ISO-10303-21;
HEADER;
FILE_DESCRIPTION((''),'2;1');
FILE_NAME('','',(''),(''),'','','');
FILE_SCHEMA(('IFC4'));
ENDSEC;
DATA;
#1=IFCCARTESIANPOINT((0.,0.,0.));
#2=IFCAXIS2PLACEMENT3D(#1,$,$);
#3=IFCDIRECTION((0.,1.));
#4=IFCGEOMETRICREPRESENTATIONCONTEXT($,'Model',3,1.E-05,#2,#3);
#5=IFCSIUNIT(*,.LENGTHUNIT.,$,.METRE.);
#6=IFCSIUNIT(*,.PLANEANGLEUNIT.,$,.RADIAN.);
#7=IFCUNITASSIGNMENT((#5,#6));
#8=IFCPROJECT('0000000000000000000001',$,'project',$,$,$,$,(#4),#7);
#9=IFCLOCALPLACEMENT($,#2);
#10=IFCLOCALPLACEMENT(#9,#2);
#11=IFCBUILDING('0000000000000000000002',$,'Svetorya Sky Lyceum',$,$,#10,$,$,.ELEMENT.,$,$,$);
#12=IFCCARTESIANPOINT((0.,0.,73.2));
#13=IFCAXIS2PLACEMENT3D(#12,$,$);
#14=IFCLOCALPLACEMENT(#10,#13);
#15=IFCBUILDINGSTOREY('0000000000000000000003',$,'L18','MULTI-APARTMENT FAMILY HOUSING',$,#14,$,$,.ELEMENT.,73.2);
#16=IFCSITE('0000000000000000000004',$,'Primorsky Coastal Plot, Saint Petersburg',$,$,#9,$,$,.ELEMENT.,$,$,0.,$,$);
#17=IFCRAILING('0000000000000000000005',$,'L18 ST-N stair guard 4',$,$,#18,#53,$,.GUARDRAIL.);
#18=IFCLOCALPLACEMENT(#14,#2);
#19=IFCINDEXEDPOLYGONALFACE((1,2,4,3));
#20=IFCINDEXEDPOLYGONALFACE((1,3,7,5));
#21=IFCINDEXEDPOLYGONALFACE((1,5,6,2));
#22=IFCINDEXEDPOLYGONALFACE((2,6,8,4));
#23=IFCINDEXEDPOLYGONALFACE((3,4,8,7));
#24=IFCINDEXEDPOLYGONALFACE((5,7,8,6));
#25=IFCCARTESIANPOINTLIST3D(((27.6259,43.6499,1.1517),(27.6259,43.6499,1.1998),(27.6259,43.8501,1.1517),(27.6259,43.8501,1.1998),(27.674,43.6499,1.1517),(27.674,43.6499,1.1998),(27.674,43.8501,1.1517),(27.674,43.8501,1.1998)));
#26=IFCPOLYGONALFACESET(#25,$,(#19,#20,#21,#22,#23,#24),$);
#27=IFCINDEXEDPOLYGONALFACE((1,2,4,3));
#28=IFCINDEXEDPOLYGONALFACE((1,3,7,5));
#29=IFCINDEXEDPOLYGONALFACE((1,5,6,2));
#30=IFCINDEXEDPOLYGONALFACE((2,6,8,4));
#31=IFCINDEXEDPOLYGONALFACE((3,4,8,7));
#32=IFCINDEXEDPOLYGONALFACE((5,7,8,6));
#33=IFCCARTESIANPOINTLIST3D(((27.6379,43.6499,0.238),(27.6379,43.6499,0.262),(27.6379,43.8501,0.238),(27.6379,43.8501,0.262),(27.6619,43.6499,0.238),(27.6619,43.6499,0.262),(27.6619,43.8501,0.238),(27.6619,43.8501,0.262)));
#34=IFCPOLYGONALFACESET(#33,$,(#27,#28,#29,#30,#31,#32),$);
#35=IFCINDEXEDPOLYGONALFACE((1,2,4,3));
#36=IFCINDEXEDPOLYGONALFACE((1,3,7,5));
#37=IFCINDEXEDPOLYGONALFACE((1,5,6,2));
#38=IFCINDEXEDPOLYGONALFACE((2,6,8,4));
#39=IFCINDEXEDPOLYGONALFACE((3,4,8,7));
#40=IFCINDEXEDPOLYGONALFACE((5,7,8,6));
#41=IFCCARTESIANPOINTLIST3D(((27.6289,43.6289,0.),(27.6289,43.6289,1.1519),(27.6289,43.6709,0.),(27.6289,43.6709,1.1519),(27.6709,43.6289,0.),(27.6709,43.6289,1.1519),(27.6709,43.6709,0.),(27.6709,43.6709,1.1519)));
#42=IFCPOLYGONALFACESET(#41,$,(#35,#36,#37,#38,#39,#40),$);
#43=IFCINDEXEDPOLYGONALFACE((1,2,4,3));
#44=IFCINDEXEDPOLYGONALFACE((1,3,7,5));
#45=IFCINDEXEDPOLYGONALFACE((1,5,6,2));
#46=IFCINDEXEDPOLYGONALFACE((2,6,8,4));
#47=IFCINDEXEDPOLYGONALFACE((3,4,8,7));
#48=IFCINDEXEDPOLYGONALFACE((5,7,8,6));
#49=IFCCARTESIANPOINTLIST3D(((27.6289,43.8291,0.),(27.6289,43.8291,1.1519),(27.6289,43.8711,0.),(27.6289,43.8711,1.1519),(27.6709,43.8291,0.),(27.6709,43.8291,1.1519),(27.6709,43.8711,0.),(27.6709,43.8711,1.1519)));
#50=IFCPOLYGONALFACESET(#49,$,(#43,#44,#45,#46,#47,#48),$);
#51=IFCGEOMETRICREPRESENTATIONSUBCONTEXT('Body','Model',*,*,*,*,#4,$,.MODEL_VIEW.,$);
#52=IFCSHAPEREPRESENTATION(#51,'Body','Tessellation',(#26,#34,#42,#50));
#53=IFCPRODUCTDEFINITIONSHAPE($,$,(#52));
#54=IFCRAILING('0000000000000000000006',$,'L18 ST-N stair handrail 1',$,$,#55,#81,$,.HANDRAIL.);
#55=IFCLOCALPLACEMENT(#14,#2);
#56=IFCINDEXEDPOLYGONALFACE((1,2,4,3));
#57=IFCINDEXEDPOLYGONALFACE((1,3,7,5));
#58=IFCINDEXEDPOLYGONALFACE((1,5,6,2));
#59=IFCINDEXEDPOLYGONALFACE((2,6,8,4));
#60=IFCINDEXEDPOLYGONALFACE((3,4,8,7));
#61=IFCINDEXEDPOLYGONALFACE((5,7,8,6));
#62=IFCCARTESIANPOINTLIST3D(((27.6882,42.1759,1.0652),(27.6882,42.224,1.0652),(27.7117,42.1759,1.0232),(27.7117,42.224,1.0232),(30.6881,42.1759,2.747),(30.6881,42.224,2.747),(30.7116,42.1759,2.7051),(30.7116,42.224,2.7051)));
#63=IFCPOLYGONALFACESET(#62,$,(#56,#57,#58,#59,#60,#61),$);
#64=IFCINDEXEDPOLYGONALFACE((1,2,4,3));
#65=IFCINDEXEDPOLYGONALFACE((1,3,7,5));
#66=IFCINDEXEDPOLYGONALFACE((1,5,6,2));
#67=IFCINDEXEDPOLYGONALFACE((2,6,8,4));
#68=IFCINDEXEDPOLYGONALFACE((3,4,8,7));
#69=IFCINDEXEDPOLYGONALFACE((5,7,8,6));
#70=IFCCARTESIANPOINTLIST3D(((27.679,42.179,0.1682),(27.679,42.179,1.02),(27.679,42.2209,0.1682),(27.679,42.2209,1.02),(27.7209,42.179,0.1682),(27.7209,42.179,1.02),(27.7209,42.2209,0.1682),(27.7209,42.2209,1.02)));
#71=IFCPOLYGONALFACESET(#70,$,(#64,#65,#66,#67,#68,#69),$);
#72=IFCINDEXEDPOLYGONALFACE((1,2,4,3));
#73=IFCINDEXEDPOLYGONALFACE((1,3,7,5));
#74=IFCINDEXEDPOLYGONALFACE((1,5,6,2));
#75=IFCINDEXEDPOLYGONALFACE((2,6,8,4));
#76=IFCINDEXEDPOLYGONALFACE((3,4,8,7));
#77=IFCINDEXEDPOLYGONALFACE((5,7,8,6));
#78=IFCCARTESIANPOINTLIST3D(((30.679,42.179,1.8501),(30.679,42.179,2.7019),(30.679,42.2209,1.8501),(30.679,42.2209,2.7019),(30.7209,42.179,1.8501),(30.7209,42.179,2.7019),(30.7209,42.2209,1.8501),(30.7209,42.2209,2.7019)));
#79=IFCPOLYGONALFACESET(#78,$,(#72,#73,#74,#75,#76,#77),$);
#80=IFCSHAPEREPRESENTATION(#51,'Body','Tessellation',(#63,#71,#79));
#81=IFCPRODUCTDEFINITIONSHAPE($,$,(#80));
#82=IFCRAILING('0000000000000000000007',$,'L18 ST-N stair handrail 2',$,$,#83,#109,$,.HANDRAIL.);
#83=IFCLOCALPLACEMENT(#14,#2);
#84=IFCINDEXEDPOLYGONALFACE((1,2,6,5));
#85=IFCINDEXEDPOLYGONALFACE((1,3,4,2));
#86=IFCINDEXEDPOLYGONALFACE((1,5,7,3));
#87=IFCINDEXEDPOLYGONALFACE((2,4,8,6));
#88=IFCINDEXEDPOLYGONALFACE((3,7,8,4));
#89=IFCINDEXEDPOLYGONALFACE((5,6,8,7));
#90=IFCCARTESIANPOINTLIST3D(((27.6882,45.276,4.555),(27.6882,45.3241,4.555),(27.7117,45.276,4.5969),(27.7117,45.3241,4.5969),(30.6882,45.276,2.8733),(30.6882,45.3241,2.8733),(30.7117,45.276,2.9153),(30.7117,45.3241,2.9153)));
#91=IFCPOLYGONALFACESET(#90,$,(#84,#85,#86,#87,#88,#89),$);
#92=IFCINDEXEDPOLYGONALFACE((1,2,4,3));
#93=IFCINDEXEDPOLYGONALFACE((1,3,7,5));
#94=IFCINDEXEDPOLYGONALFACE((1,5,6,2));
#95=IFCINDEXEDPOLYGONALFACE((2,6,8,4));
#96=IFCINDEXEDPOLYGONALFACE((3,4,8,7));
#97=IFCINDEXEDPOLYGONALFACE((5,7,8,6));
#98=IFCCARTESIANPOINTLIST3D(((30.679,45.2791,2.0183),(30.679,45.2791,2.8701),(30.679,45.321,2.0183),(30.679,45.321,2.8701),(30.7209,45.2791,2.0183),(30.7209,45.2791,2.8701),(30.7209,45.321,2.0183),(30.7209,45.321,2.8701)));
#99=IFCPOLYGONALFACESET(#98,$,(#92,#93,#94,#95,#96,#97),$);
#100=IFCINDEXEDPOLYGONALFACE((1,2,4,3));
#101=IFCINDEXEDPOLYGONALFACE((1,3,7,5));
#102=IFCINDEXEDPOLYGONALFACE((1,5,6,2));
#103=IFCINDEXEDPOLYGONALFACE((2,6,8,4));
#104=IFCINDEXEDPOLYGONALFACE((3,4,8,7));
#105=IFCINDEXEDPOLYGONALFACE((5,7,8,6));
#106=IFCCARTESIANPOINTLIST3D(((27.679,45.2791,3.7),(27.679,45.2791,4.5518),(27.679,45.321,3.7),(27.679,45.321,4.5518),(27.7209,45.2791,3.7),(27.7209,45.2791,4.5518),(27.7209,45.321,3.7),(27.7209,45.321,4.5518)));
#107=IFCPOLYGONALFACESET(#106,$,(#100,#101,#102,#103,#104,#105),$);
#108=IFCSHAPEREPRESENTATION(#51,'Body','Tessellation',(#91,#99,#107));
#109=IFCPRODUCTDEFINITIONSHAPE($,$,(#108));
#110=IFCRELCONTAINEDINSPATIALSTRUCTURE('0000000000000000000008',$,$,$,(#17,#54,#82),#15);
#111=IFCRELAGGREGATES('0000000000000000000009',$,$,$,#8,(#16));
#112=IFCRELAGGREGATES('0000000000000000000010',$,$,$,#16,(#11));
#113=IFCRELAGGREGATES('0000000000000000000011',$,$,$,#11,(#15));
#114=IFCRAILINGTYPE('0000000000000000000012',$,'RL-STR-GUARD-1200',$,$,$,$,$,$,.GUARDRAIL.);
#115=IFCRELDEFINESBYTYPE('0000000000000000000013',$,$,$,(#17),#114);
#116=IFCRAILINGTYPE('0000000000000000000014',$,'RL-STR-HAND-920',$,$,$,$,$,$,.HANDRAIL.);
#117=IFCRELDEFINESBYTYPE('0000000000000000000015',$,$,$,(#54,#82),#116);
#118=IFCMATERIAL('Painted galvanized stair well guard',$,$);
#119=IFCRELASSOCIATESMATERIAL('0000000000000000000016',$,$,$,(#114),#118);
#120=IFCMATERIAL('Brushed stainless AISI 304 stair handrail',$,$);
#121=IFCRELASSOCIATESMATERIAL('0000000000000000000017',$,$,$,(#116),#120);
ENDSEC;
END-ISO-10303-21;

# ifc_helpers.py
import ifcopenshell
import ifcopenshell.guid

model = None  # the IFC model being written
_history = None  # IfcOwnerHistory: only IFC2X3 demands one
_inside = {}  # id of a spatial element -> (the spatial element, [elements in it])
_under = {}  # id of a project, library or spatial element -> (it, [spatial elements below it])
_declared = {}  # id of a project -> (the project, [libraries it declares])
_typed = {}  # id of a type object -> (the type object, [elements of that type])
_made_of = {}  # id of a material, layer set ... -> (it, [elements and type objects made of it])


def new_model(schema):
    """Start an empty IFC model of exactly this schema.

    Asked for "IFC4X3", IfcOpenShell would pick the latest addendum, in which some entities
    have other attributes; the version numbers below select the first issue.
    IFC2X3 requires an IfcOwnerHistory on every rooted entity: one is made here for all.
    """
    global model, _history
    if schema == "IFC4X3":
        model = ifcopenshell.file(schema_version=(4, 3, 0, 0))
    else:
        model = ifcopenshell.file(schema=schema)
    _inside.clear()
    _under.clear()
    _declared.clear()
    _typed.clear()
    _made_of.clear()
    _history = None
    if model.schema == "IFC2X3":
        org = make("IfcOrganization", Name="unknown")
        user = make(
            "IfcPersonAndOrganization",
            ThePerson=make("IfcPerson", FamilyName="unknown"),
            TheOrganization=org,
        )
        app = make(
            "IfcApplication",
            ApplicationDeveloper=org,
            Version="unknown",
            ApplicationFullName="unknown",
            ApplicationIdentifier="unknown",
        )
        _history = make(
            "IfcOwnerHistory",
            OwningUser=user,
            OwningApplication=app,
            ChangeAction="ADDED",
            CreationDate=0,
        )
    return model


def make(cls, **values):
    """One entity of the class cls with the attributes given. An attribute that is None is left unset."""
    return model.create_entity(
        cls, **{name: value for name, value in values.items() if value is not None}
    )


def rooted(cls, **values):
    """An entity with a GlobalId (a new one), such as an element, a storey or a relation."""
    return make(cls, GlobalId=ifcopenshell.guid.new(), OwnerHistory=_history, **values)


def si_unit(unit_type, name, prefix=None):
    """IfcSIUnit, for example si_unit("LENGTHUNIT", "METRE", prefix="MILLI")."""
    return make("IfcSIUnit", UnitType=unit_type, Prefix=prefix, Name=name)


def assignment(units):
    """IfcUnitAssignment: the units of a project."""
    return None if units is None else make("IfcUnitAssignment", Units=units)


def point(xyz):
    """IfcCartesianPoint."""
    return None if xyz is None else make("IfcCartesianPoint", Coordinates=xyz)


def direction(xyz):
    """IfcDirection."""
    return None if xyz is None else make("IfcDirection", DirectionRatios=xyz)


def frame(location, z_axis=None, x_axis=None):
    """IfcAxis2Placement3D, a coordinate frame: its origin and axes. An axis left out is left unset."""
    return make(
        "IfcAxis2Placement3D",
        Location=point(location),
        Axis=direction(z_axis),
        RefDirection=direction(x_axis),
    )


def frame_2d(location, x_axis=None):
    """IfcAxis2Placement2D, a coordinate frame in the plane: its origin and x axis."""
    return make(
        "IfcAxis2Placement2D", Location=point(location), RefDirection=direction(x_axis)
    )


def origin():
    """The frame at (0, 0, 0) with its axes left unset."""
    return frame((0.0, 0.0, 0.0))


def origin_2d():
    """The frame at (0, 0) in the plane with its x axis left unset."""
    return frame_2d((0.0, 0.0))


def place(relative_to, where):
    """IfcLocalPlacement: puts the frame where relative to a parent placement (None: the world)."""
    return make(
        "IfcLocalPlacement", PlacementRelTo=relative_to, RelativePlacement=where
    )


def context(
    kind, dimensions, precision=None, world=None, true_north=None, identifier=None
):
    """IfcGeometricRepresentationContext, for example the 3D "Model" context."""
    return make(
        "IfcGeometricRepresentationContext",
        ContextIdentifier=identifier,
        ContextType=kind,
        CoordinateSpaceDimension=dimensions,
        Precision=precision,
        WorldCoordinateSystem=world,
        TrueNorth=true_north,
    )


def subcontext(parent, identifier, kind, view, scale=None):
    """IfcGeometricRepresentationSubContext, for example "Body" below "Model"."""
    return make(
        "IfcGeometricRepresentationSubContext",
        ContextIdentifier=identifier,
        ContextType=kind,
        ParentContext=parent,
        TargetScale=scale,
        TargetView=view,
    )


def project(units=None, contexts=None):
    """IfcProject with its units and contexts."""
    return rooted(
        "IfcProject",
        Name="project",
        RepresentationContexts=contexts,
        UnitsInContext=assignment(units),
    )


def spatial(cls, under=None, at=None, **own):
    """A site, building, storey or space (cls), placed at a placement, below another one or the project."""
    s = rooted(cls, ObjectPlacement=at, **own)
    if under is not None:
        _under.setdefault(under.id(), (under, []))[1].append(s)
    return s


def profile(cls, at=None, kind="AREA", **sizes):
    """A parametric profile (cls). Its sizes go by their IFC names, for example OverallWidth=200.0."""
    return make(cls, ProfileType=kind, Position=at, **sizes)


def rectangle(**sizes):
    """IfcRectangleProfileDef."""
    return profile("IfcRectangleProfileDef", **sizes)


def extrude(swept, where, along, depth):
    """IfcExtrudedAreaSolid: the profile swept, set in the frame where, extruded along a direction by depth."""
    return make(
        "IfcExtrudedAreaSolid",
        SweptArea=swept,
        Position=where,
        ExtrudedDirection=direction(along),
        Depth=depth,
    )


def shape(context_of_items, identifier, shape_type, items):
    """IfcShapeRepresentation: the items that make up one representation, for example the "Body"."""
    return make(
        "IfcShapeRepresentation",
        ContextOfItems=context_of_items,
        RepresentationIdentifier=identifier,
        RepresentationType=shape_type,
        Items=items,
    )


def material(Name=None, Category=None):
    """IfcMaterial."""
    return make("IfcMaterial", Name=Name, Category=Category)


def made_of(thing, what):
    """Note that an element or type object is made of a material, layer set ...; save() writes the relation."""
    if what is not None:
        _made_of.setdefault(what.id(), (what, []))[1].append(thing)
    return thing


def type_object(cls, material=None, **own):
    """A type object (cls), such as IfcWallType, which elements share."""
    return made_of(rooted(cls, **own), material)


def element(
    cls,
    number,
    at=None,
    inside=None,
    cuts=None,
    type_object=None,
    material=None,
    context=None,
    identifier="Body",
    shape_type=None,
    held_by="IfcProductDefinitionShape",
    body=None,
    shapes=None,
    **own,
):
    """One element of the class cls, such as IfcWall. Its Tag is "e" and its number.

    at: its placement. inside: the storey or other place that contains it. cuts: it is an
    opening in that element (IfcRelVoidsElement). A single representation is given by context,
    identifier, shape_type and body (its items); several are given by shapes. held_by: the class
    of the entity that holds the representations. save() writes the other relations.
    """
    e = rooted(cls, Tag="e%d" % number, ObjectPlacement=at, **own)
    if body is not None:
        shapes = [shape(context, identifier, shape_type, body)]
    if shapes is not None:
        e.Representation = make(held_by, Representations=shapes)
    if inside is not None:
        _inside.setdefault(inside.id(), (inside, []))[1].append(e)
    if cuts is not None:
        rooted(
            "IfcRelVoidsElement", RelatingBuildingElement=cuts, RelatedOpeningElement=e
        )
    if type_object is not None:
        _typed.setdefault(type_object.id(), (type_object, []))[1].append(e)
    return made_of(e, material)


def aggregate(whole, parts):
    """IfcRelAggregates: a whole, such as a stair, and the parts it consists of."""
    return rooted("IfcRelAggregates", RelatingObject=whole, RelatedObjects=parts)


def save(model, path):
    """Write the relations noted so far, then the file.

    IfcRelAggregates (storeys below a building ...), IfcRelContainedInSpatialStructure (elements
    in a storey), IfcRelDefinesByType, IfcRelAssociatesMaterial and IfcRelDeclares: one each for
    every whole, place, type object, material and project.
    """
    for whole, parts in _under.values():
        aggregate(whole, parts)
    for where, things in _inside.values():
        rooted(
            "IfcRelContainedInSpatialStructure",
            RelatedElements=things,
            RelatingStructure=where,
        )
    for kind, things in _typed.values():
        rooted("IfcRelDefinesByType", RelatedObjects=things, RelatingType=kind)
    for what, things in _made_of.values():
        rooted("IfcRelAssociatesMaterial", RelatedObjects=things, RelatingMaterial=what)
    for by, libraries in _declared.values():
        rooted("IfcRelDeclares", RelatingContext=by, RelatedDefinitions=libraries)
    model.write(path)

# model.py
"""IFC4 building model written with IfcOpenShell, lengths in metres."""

from ifc_helpers import new_model, si_unit, direction, frame, origin, origin_2d, place, context, subcontext, project, spatial, rectangle, extrude, material, type_object, element, save


model = new_model("IFC4")

# Units and contexts
model_context = context("Model", 3, precision=1e-05, world=origin(), true_north=direction((0.0, 1.0)))
body_context = subcontext(model_context, "Body", "Model", "MODEL_VIEW")
ifc_project = project(units=[si_unit("LENGTHUNIT", "METRE"), si_unit("PLANEANGLEUNIT", "RADIAN")], contexts=[model_context])

# Site, building, storey
site_placement = place(None, origin())
site = spatial("IfcSite", under=ifc_project, at=site_placement, Name="Primorsky Coastal Plot, Saint Petersburg", CompositionType="ELEMENT", RefElevation=0.0)
building_placement = place(site_placement, origin())
building = spatial("IfcBuilding", under=site, at=building_placement, Name="Svetorya Sky Lyceum", CompositionType="ELEMENT")
storey_placement = place(building_placement, frame((0.0, 0.0, 73.2)))
storey = spatial("IfcBuildingStorey", under=building, at=storey_placement, Name="L18", Description="MULTI-APARTMENT FAMILY HOUSING", CompositionType="ELEMENT", Elevation=73.2)

# Railings
ifc_material_1 = material(Name="Painted galvanized stair well guard")
railing_type_1 = type_object("IfcRailingType", Name="RL-STR-GUARD-1200", PredefinedType="GUARDRAIL", material=ifc_material_1)
railing_1_placement = place(storey_placement, frame((27.6499, 43.6499, 0.0)))
element("IfcRailing", 1, at=railing_1_placement, inside=storey, type_object=railing_type_1, Name="L18 ST-N stair guard 4", PredefinedType="GUARDRAIL", context=body_context, shape_type="SweptSolid", body=[
    extrude(rectangle(XDim=0.0481, YDim=0.0481, at=origin_2d()), frame((0.0, 0.0, 1.1758), z_axis=(0.0, 1.0, 0.0), x_axis=(-1.0, 0.0, 0.0)), (0.0, 0.0, 1.0), 0.2002),
    extrude(rectangle(XDim=0.0239, YDim=0.0239, at=origin_2d()), frame((0.0, 0.0, 0.25), z_axis=(0.0, 1.0, 0.0), x_axis=(-1.0, 0.0, 0.0)), (0.0, 0.0, 1.0), 0.2002),
    extrude(rectangle(XDim=0.042, YDim=0.042, at=origin_2d()), origin(), (0.0, 0.0, 1.0), 1.1519),
    extrude(rectangle(XDim=0.042, YDim=0.042, at=origin_2d()), frame((0.0, 0.2002, 0.0)), (0.0, 0.0, 1.0), 1.1519),
])
ifc_material_2 = material(Name="Brushed stainless AISI 304 stair handrail")
railing_type_2 = type_object("IfcRailingType", Name="RL-STR-HAND-920", PredefinedType="HANDRAIL", material=ifc_material_2)
railing_2_placement = place(storey_placement, frame((27.7, 42.2, 0.1682)))
element("IfcRailing", 2, at=railing_2_placement, inside=storey, type_object=railing_type_2, Name="L18 ST-N stair handrail 1", PredefinedType="HANDRAIL", context=body_context, shape_type="SweptSolid", body=[
    extrude(rectangle(XDim=0.0481, YDim=0.0481, at=origin_2d()), frame((0.0, 0.0, 0.876), z_axis=(0.872272, 0.0, 0.48902), x_axis=(0.0, 1.0, 0.0)), (0.0, 0.0, 1.0), 3.4392),
    extrude(rectangle(XDim=0.042, YDim=0.042, at=origin_2d()), origin(), (0.0, 0.0, 1.0), 0.8518),
    extrude(rectangle(XDim=0.042, YDim=0.042, at=origin_2d()), frame((3.0, 0.0, 1.6819)), (0.0, 0.0, 1.0), 0.8518),
])
railing_3_placement = place(storey_placement, frame((30.7, 45.3, 2.0183)))
element("IfcRailing", 3, at=railing_3_placement, inside=storey, type_object=railing_type_2, Name="L18 ST-N stair handrail 2", PredefinedType="HANDRAIL", context=body_context, shape_type="SweptSolid", body=[
    extrude(rectangle(XDim=0.0481, YDim=0.0481, at=origin_2d()), frame((0.0, 0.0, 0.876), z_axis=(-0.872303, 0.0, 0.488966), x_axis=(0.0, -1.0, 0.0)), (0.0, 0.0, 1.0), 3.4392),
    extrude(rectangle(XDim=0.042, YDim=0.042, at=origin_2d()), origin(), (0.0, 0.0, 1.0), 0.8518),
    extrude(rectangle(XDim=0.042, YDim=0.042, at=origin_2d()), frame((-3.0, 0.0, 1.6816)), (0.0, 0.0, 1.0), 0.8518),
])

save(model, "model.ifc")
